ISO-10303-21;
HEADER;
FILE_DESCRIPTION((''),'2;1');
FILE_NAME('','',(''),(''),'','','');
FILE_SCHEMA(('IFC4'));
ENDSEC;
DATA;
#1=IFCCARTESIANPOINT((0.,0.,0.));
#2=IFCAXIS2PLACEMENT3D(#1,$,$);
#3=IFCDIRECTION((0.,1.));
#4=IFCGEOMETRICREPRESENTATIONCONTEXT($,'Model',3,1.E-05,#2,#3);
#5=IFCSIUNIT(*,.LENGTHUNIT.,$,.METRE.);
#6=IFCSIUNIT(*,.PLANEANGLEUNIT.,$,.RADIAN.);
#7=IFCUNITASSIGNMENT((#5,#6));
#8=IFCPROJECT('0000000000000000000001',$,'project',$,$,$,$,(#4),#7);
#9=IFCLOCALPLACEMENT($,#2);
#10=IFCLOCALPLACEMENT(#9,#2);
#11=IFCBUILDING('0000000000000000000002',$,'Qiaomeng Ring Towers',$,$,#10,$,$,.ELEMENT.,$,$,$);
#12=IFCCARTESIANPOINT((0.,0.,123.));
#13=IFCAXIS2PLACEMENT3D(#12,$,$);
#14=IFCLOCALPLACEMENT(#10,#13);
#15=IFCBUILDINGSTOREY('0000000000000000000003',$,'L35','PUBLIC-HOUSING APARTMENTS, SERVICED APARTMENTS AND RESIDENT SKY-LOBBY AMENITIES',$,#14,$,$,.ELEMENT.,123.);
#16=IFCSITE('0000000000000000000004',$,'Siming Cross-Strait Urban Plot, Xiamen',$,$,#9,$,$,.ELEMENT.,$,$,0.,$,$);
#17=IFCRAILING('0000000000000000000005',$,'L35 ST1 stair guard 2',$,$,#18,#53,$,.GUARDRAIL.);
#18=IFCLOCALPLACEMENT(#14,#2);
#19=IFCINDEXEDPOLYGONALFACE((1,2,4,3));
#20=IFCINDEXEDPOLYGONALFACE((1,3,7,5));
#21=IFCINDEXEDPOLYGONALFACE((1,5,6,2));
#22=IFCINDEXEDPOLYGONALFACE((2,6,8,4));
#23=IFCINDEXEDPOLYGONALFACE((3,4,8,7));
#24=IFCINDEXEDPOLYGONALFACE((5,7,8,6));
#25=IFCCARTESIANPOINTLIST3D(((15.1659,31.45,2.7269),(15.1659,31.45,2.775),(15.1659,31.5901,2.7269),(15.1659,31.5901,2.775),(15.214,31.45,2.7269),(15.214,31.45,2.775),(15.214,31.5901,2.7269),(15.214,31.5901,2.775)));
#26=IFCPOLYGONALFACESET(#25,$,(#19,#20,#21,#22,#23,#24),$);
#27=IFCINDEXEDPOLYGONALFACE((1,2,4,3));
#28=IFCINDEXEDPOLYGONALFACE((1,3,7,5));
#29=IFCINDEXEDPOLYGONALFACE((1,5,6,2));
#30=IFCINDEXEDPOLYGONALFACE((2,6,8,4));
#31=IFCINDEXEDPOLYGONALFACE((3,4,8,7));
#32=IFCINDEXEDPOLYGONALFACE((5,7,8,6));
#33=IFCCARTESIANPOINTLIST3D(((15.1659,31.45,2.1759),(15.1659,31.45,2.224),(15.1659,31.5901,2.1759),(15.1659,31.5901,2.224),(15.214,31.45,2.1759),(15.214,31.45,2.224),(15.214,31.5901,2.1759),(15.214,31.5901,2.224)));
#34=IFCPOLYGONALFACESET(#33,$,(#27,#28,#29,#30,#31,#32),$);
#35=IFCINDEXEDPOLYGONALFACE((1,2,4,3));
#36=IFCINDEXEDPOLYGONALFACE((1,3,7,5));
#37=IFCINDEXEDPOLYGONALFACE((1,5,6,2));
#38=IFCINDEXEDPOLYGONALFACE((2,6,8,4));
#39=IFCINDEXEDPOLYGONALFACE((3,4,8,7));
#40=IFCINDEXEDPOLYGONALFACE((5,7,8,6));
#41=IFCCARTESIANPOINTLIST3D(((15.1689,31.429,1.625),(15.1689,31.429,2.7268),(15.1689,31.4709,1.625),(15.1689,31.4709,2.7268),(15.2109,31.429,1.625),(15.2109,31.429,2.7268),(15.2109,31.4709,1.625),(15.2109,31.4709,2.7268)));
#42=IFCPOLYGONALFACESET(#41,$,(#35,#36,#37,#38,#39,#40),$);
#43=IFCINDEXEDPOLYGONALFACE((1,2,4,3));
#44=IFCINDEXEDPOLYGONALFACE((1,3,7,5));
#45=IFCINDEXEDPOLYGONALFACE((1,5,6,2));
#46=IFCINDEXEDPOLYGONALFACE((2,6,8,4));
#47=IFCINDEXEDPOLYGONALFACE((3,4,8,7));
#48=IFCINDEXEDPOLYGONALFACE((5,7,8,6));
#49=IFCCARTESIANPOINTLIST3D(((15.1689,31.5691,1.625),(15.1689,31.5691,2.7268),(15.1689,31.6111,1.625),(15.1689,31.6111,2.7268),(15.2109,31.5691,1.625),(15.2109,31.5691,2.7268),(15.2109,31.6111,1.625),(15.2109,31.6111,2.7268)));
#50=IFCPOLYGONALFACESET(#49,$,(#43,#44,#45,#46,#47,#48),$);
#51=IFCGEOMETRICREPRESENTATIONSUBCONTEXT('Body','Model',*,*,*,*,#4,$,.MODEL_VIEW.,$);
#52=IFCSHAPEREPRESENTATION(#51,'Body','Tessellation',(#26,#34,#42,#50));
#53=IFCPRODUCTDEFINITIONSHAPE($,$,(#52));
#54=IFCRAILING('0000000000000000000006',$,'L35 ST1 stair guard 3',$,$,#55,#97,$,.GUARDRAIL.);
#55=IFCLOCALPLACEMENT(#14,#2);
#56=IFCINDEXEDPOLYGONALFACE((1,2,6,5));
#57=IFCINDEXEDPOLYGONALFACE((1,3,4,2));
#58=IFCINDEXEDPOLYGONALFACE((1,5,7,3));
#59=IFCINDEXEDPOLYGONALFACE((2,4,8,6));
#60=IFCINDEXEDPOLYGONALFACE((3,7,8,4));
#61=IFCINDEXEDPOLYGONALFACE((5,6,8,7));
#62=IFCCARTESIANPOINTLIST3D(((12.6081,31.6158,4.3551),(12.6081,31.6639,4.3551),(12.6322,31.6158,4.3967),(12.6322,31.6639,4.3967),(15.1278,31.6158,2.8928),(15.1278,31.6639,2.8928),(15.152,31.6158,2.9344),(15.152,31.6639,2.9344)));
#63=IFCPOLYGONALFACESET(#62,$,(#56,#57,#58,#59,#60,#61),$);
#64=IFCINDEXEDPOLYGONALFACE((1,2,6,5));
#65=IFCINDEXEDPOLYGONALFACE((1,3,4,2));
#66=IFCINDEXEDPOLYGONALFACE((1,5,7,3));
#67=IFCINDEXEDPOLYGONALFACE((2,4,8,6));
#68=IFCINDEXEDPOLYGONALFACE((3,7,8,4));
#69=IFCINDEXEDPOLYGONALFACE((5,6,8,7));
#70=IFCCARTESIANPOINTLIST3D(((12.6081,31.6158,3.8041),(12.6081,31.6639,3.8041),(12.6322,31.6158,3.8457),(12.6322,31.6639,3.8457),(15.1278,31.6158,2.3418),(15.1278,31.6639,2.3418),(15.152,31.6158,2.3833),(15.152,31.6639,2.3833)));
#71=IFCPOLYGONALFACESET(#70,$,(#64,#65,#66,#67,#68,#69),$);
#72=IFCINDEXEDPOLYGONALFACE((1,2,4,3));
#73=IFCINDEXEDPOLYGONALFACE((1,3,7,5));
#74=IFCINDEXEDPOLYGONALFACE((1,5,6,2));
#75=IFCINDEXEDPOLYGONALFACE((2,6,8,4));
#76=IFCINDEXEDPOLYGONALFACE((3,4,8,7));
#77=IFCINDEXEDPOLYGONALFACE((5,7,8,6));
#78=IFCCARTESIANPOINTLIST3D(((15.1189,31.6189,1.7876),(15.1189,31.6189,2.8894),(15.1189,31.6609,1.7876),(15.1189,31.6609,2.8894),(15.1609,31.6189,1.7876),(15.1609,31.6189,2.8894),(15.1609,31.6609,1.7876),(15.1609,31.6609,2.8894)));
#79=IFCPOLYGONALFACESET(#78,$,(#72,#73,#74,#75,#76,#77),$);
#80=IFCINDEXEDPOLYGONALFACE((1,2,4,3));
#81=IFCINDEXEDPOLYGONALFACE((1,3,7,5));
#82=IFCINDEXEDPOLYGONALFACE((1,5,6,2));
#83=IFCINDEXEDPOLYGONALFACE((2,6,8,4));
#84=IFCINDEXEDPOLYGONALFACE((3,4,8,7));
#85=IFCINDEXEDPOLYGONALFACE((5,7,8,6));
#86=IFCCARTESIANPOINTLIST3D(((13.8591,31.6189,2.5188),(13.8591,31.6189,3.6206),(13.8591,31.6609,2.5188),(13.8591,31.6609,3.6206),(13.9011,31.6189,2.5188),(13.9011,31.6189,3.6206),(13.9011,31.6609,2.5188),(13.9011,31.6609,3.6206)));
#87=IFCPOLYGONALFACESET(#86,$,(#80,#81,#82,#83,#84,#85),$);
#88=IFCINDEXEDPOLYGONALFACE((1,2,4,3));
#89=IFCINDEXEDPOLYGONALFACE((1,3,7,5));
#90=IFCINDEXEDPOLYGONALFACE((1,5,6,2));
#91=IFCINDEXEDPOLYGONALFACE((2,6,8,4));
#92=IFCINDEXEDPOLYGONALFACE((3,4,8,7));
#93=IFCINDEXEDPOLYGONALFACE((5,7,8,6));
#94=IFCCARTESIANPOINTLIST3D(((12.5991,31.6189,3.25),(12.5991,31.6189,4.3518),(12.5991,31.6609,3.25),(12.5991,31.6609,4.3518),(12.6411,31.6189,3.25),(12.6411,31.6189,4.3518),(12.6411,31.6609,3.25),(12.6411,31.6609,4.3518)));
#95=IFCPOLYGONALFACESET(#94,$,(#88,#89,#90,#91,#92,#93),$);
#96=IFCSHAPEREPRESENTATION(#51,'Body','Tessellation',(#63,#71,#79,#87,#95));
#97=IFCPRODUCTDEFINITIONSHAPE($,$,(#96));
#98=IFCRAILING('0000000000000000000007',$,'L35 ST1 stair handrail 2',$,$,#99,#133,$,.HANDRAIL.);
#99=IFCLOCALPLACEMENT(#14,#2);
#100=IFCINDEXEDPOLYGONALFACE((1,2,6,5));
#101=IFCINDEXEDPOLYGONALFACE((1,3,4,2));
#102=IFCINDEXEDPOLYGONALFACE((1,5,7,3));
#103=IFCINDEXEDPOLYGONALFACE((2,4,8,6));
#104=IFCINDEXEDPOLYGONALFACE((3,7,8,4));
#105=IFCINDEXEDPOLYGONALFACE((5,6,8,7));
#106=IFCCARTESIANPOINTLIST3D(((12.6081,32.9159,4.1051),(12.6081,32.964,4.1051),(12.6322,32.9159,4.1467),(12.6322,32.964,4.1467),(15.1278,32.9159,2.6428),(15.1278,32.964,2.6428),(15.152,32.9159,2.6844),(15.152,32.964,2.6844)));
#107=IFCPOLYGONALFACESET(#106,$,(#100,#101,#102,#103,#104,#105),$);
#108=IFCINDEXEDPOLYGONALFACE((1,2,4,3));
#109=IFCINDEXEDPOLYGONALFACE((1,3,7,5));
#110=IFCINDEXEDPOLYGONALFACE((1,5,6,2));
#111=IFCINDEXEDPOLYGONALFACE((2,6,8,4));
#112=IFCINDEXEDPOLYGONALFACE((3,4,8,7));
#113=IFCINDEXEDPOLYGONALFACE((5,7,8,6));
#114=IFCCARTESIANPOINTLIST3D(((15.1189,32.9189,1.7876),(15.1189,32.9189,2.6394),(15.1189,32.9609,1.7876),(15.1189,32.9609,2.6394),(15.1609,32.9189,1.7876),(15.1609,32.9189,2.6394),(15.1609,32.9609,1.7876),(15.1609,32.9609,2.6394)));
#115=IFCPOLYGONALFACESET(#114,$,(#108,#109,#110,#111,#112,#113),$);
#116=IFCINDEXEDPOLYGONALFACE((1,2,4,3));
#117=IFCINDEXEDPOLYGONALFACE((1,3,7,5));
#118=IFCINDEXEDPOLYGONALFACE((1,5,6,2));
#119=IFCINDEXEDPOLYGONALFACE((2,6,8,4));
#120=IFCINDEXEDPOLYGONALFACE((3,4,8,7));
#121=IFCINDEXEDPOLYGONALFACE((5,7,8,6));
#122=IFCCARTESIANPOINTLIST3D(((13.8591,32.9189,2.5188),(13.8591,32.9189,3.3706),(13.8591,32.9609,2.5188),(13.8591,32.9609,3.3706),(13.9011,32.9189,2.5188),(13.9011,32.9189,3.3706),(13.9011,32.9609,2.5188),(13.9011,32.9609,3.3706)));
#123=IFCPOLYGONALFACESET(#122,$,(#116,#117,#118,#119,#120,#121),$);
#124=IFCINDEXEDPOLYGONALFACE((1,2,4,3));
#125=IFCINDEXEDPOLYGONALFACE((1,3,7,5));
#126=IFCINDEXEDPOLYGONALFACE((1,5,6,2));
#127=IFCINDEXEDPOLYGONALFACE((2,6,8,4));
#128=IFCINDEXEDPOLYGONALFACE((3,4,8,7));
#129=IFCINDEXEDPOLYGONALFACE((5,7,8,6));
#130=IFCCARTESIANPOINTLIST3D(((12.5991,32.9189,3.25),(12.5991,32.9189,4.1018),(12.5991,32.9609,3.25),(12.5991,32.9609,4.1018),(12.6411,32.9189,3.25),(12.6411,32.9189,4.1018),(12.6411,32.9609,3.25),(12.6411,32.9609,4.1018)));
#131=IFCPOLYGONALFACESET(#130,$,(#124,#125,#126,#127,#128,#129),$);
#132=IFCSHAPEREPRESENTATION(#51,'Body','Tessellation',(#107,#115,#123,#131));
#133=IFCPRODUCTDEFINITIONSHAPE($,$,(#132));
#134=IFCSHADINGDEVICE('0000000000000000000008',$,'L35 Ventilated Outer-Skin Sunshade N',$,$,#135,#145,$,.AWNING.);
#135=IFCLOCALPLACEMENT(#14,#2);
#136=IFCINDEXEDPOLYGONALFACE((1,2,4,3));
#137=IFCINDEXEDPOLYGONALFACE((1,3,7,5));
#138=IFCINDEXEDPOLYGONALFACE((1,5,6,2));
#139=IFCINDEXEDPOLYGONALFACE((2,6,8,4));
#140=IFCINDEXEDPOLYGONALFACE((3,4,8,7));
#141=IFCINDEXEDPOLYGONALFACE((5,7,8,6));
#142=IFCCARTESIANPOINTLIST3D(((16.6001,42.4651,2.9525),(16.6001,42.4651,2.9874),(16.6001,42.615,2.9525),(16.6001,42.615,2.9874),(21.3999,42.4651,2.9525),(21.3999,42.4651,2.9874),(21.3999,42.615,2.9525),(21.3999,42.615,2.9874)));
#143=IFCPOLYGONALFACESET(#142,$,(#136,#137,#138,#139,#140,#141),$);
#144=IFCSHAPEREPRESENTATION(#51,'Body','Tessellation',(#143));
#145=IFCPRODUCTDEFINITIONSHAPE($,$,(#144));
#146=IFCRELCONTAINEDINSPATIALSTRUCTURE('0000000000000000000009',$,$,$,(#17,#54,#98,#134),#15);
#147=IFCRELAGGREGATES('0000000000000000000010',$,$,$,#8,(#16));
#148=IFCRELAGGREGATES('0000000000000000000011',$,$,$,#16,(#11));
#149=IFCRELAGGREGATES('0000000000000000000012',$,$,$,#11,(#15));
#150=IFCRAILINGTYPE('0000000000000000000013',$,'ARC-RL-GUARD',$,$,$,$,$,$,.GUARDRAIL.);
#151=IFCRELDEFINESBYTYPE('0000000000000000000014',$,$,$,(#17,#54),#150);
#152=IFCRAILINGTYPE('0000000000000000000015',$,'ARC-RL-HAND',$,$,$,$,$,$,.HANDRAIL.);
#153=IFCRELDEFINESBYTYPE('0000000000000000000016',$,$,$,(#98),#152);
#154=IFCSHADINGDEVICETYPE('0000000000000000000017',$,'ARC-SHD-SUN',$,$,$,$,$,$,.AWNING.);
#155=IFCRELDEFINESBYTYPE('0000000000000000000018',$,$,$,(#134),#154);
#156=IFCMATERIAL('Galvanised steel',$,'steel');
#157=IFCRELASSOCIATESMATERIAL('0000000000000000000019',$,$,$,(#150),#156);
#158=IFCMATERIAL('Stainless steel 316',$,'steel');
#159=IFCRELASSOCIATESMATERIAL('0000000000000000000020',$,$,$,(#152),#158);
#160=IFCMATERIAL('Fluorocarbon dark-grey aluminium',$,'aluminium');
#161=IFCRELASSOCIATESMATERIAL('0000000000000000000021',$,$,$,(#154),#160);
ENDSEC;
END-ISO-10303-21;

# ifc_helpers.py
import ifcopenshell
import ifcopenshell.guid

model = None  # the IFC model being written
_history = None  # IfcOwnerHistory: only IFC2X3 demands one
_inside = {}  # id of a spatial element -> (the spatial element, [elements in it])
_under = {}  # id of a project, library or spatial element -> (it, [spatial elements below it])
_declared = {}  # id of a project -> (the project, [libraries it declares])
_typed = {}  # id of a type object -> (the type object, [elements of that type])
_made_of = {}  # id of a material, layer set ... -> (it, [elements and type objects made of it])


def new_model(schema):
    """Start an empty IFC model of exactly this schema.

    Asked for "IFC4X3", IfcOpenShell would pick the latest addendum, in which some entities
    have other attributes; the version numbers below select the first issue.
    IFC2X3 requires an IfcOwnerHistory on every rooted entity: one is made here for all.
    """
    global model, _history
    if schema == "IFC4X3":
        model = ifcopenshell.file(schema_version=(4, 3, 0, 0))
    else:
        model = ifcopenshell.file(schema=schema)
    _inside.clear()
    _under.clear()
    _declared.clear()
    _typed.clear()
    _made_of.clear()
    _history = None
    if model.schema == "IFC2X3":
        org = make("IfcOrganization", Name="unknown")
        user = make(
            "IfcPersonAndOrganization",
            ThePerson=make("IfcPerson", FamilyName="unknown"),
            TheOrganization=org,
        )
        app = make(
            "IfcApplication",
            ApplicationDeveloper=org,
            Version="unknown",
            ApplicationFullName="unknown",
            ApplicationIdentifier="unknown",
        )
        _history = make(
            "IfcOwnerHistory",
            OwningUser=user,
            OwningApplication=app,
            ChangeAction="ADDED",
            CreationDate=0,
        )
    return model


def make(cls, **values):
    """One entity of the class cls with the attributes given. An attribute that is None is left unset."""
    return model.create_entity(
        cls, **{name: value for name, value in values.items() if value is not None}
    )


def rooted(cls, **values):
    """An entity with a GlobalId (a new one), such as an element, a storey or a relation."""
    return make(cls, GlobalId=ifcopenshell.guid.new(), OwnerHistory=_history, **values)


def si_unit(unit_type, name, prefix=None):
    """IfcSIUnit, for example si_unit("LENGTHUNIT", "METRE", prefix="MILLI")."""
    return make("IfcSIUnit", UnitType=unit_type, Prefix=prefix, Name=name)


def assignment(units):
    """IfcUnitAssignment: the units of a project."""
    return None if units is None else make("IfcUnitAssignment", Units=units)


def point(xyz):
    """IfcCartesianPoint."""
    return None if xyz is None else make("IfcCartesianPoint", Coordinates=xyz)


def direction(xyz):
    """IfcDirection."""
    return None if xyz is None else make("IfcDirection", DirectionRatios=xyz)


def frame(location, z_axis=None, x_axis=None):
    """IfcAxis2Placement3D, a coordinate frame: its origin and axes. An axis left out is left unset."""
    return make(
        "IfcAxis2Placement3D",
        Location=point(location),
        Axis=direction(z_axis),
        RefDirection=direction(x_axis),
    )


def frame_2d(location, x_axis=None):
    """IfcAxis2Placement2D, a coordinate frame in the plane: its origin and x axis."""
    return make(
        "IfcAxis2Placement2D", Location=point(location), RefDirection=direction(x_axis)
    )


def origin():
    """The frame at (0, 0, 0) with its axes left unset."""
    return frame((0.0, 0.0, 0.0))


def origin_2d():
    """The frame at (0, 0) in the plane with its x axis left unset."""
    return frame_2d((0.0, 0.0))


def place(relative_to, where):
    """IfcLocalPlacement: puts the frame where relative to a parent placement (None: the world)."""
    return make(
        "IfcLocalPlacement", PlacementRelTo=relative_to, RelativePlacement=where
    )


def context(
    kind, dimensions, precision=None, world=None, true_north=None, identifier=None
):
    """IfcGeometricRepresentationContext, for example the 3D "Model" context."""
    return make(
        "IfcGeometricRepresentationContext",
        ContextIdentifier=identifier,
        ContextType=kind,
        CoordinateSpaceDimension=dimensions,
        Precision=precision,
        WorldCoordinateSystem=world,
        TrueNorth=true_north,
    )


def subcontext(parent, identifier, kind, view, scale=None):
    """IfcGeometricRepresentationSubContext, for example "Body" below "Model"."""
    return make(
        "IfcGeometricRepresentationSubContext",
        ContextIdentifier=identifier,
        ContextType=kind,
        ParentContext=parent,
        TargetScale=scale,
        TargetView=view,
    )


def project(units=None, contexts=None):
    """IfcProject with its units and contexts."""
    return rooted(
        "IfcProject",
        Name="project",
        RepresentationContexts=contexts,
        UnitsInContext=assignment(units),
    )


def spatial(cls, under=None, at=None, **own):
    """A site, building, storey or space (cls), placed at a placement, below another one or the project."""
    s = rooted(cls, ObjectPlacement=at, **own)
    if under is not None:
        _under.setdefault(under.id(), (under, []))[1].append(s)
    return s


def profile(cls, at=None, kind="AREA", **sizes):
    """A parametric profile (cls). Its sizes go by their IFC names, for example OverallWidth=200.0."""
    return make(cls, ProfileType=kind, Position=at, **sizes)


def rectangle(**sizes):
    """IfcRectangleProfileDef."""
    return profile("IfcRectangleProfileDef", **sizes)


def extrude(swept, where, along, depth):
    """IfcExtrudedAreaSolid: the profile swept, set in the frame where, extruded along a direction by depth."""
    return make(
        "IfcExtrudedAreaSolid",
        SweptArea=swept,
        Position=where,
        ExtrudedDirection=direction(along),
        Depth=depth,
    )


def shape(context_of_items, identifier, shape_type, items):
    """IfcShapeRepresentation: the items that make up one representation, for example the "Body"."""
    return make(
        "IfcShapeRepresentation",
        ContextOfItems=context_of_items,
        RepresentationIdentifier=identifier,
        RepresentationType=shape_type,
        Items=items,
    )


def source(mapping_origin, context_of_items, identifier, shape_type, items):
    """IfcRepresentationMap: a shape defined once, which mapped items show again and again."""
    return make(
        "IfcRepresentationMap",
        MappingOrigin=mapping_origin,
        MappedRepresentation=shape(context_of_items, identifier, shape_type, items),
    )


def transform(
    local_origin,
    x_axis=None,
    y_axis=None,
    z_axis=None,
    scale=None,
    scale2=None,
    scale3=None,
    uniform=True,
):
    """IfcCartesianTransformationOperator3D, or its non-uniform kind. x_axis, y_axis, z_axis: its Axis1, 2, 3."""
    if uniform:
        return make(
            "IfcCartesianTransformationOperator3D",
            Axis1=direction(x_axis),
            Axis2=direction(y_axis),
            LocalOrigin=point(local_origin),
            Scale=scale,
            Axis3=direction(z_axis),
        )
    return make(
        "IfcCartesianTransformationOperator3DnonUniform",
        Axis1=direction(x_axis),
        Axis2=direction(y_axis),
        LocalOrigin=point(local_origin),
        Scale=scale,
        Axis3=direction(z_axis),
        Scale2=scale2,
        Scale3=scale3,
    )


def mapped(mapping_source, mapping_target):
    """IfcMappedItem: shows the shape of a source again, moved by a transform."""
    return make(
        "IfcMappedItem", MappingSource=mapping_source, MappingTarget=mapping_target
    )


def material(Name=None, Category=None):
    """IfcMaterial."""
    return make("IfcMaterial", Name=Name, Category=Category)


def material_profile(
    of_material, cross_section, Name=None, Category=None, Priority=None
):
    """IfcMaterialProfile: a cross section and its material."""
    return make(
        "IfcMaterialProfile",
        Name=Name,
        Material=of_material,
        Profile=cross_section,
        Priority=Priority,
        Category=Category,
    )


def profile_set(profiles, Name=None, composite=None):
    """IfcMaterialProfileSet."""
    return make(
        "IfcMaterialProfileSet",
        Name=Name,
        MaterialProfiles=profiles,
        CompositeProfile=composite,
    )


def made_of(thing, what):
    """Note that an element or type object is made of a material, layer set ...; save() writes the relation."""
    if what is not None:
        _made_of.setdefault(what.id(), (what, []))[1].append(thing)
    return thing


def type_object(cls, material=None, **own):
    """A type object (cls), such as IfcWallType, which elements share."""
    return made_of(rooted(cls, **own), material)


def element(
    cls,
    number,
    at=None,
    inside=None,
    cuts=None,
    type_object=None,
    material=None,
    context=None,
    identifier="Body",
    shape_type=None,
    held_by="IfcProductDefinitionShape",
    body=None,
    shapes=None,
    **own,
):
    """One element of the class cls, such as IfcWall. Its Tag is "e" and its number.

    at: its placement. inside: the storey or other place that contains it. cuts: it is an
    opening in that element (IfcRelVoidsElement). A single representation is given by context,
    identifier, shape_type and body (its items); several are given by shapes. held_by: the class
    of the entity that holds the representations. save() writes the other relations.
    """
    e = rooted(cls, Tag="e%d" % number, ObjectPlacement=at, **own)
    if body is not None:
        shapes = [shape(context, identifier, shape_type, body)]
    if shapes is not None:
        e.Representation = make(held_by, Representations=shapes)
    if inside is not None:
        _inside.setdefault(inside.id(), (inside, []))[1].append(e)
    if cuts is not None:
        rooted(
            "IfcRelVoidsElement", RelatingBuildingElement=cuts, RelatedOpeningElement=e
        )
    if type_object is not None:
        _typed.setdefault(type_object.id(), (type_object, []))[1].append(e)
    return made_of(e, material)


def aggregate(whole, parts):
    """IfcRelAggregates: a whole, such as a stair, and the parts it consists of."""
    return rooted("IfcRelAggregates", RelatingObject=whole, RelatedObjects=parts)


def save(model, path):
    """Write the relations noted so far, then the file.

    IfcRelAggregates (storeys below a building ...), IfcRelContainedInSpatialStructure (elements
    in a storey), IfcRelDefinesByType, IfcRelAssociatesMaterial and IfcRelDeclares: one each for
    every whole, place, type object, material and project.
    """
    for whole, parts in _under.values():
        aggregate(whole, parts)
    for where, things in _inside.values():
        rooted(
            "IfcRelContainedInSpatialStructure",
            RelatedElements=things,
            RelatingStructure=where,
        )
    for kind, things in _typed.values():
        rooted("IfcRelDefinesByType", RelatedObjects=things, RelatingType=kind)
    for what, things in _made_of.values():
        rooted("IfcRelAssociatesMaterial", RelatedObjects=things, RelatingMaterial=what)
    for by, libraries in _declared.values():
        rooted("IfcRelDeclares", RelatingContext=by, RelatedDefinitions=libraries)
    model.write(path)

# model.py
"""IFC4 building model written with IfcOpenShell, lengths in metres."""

from ifc_helpers import new_model, si_unit, direction, frame, origin, origin_2d, place, context, subcontext, project, spatial, rectangle, extrude, source, transform, mapped, material, material_profile, profile_set, type_object, element, save


model = new_model("IFC4")

# Units and contexts
model_context = context("Model", 3, precision=1e-05, world=origin(), true_north=direction((0.0, 1.0)))
body_context = subcontext(model_context, "Body", "Model", "MODEL_VIEW")
ifc_project = project(units=[si_unit("LENGTHUNIT", "METRE"), si_unit("PLANEANGLEUNIT", "RADIAN")], contexts=[model_context])

# Site, building, storey
site_placement = place(None, origin())
site = spatial("IfcSite", under=ifc_project, at=site_placement, Name="Siming Cross-Strait Urban Plot, Xiamen", CompositionType="ELEMENT", RefElevation=0.0)
building_placement = place(site_placement, origin())
building = spatial("IfcBuilding", under=site, at=building_placement, Name="Qiaomeng Ring Towers", CompositionType="ELEMENT")
storey_placement = place(building_placement, frame((0.0, 0.0, 123.0)))
storey = spatial("IfcBuildingStorey", under=building, at=storey_placement, Name="L35", Description="PUBLIC-HOUSING APARTMENTS, SERVICED APARTMENTS AND RESIDENT SKY-LOBBY AMENITIES", CompositionType="ELEMENT", Elevation=123.0)

# Shared definitions
ifc_material_1 = material(Name="Galvanised steel", Category="steel")

# Shared definitions
ifc_material_2 = material(Name="Stainless steel 316", Category="steel")

# Railings
railing_type_1 = type_object("IfcRailingType", Name="ARC-RL-GUARD", PredefinedType="GUARDRAIL", material=ifc_material_1)
railing_1_placement = place(storey_placement, frame((15.1899, 31.45, 1.625)))
element("IfcRailing", 1, at=railing_1_placement, inside=storey, type_object=railing_type_1, Name="L35 ST1 stair guard 2", PredefinedType="GUARDRAIL", context=body_context, shape_type="SweptSolid", body=[
    extrude(rectangle(XDim=0.0481, YDim=0.0481, at=origin_2d()), frame((0.0, 0.0, 1.126), z_axis=(0.0, 1.0, 0.0), x_axis=(-1.0, 0.0, 0.0)), (0.0, 0.0, 1.0), 0.1401),
    extrude(rectangle(XDim=0.0481, YDim=0.0481, at=origin_2d()), frame((0.0, 0.0, 0.575), z_axis=(0.0, 1.0, 0.0), x_axis=(-1.0, 0.0, 0.0)), (0.0, 0.0, 1.0), 0.1401),
    extrude(rectangle(XDim=0.042, YDim=0.042, at=origin_2d()), origin(), (0.0, 0.0, 1.0), 1.1018),
    extrude(rectangle(XDim=0.042, YDim=0.042, at=origin_2d()), frame((0.0, 0.1401, 0.0)), (0.0, 0.0, 1.0), 1.1018),
])
railing_2_placement = place(storey_placement, frame((15.1399, 31.6399, 1.7876)))
element("IfcRailing", 2, at=railing_2_placement, inside=storey, type_object=railing_type_1, Name="L35 ST1 stair guard 3", PredefinedType="GUARDRAIL", context=body_context, shape_type="SweptSolid", body=[
    extrude(rectangle(XDim=0.0481, YDim=0.0481, at=origin_2d()), frame((0.0, 0.0, 1.126), z_axis=(-0.864892, 0.0, 0.501958), x_axis=(0.0, -1.0, 0.0)), (0.0, 0.0, 1.0), 2.9133),
    extrude(rectangle(XDim=0.0481, YDim=0.0481, at=origin_2d()), frame((0.0, 0.0, 0.575), z_axis=(-0.864892, 0.0, 0.501958), x_axis=(0.0, -1.0, 0.0)), (0.0, 0.0, 1.0), 2.9133),
    extrude(rectangle(XDim=0.042, YDim=0.042, at=origin_2d()), origin(), (0.0, 0.0, 1.0), 1.1018),
    extrude(rectangle(XDim=0.042, YDim=0.042, at=origin_2d()), frame((-1.2598, 0.0, 0.7312)), (0.0, 0.0, 1.0), 1.1018),
    extrude(rectangle(XDim=0.042, YDim=0.042, at=origin_2d()), frame((-2.5198, 0.0, 1.4624)), (0.0, 0.0, 1.0), 1.1018),
])
railing_type_2 = type_object("IfcRailingType", Name="ARC-RL-HAND", PredefinedType="HANDRAIL", material=ifc_material_2)
railing_3_placement = place(storey_placement, frame((15.1399, 32.9399, 1.7876)))
element("IfcRailing", 3, at=railing_3_placement, inside=storey, type_object=railing_type_2, Name="L35 ST1 stair handrail 2", PredefinedType="HANDRAIL", context=body_context, shape_type="SweptSolid", body=[
    extrude(rectangle(XDim=0.0481, YDim=0.0481, at=origin_2d()), frame((0.0, 0.0, 0.876), z_axis=(-0.864892, 0.0, 0.501958), x_axis=(0.0, -1.0, 0.0)), (0.0, 0.0, 1.0), 2.9133),
    extrude(rectangle(XDim=0.042, YDim=0.042, at=origin_2d()), origin(), (0.0, 0.0, 1.0), 0.8518),
    extrude(rectangle(XDim=0.042, YDim=0.042, at=origin_2d()), frame((-1.2598, 0.0, 0.7312)), (0.0, 0.0, 1.0), 0.8518),
    extrude(rectangle(XDim=0.042, YDim=0.042, at=origin_2d()), frame((-2.5198, 0.0, 1.4624)), (0.0, 0.0, 1.0), 0.8518),
])

# Shading device
ifc_material_3 = material(Name="Fluorocarbon dark-grey aluminium", Category="aluminium")
ifc_material_profile_1 = material_profile(ifc_material_3, rectangle(XDim=0.1499, YDim=0.0349, at=origin_2d()), Name="LV BLADE 150x35")
ifc_profile_set_1 = profile_set([ifc_material_profile_1], Name="Fluorocarbon dark-grey aluminium")
shading_device_type = type_object("IfcShadingDeviceType", Name="ARC-SHD-SUN", PredefinedType="AWNING", material=ifc_profile_set_1)
shared_shape_1 = source(origin(), body_context, "Body", "SweptSolid", [
    extrude(rectangle(XDim=0.1499, YDim=0.0349, at=origin_2d()), origin(), (0.0, 0.0, 1.0), 4.7998),
])
shading_device_placement = place(storey_placement, frame((16.6001, 42.54, 2.97), z_axis=(1.0, 0.0, 0.0), x_axis=(0.0, 1.0, 0.0)))
element("IfcShadingDevice", 4, at=shading_device_placement, inside=storey, type_object=shading_device_type, Name="L35 Ventilated Outer-Skin Sunshade N", PredefinedType="AWNING", context=body_context, shape_type="MappedRepresentation", body=[
    mapped(shared_shape_1, transform((0.0, 0.0, 0.0), x_axis=(1.0, 0.0, 0.0), y_axis=(0.0, 1.0, 0.0), z_axis=(0.0, 0.0, 1.0), scale=1.0)),
])

save(model, "model.ifc")
